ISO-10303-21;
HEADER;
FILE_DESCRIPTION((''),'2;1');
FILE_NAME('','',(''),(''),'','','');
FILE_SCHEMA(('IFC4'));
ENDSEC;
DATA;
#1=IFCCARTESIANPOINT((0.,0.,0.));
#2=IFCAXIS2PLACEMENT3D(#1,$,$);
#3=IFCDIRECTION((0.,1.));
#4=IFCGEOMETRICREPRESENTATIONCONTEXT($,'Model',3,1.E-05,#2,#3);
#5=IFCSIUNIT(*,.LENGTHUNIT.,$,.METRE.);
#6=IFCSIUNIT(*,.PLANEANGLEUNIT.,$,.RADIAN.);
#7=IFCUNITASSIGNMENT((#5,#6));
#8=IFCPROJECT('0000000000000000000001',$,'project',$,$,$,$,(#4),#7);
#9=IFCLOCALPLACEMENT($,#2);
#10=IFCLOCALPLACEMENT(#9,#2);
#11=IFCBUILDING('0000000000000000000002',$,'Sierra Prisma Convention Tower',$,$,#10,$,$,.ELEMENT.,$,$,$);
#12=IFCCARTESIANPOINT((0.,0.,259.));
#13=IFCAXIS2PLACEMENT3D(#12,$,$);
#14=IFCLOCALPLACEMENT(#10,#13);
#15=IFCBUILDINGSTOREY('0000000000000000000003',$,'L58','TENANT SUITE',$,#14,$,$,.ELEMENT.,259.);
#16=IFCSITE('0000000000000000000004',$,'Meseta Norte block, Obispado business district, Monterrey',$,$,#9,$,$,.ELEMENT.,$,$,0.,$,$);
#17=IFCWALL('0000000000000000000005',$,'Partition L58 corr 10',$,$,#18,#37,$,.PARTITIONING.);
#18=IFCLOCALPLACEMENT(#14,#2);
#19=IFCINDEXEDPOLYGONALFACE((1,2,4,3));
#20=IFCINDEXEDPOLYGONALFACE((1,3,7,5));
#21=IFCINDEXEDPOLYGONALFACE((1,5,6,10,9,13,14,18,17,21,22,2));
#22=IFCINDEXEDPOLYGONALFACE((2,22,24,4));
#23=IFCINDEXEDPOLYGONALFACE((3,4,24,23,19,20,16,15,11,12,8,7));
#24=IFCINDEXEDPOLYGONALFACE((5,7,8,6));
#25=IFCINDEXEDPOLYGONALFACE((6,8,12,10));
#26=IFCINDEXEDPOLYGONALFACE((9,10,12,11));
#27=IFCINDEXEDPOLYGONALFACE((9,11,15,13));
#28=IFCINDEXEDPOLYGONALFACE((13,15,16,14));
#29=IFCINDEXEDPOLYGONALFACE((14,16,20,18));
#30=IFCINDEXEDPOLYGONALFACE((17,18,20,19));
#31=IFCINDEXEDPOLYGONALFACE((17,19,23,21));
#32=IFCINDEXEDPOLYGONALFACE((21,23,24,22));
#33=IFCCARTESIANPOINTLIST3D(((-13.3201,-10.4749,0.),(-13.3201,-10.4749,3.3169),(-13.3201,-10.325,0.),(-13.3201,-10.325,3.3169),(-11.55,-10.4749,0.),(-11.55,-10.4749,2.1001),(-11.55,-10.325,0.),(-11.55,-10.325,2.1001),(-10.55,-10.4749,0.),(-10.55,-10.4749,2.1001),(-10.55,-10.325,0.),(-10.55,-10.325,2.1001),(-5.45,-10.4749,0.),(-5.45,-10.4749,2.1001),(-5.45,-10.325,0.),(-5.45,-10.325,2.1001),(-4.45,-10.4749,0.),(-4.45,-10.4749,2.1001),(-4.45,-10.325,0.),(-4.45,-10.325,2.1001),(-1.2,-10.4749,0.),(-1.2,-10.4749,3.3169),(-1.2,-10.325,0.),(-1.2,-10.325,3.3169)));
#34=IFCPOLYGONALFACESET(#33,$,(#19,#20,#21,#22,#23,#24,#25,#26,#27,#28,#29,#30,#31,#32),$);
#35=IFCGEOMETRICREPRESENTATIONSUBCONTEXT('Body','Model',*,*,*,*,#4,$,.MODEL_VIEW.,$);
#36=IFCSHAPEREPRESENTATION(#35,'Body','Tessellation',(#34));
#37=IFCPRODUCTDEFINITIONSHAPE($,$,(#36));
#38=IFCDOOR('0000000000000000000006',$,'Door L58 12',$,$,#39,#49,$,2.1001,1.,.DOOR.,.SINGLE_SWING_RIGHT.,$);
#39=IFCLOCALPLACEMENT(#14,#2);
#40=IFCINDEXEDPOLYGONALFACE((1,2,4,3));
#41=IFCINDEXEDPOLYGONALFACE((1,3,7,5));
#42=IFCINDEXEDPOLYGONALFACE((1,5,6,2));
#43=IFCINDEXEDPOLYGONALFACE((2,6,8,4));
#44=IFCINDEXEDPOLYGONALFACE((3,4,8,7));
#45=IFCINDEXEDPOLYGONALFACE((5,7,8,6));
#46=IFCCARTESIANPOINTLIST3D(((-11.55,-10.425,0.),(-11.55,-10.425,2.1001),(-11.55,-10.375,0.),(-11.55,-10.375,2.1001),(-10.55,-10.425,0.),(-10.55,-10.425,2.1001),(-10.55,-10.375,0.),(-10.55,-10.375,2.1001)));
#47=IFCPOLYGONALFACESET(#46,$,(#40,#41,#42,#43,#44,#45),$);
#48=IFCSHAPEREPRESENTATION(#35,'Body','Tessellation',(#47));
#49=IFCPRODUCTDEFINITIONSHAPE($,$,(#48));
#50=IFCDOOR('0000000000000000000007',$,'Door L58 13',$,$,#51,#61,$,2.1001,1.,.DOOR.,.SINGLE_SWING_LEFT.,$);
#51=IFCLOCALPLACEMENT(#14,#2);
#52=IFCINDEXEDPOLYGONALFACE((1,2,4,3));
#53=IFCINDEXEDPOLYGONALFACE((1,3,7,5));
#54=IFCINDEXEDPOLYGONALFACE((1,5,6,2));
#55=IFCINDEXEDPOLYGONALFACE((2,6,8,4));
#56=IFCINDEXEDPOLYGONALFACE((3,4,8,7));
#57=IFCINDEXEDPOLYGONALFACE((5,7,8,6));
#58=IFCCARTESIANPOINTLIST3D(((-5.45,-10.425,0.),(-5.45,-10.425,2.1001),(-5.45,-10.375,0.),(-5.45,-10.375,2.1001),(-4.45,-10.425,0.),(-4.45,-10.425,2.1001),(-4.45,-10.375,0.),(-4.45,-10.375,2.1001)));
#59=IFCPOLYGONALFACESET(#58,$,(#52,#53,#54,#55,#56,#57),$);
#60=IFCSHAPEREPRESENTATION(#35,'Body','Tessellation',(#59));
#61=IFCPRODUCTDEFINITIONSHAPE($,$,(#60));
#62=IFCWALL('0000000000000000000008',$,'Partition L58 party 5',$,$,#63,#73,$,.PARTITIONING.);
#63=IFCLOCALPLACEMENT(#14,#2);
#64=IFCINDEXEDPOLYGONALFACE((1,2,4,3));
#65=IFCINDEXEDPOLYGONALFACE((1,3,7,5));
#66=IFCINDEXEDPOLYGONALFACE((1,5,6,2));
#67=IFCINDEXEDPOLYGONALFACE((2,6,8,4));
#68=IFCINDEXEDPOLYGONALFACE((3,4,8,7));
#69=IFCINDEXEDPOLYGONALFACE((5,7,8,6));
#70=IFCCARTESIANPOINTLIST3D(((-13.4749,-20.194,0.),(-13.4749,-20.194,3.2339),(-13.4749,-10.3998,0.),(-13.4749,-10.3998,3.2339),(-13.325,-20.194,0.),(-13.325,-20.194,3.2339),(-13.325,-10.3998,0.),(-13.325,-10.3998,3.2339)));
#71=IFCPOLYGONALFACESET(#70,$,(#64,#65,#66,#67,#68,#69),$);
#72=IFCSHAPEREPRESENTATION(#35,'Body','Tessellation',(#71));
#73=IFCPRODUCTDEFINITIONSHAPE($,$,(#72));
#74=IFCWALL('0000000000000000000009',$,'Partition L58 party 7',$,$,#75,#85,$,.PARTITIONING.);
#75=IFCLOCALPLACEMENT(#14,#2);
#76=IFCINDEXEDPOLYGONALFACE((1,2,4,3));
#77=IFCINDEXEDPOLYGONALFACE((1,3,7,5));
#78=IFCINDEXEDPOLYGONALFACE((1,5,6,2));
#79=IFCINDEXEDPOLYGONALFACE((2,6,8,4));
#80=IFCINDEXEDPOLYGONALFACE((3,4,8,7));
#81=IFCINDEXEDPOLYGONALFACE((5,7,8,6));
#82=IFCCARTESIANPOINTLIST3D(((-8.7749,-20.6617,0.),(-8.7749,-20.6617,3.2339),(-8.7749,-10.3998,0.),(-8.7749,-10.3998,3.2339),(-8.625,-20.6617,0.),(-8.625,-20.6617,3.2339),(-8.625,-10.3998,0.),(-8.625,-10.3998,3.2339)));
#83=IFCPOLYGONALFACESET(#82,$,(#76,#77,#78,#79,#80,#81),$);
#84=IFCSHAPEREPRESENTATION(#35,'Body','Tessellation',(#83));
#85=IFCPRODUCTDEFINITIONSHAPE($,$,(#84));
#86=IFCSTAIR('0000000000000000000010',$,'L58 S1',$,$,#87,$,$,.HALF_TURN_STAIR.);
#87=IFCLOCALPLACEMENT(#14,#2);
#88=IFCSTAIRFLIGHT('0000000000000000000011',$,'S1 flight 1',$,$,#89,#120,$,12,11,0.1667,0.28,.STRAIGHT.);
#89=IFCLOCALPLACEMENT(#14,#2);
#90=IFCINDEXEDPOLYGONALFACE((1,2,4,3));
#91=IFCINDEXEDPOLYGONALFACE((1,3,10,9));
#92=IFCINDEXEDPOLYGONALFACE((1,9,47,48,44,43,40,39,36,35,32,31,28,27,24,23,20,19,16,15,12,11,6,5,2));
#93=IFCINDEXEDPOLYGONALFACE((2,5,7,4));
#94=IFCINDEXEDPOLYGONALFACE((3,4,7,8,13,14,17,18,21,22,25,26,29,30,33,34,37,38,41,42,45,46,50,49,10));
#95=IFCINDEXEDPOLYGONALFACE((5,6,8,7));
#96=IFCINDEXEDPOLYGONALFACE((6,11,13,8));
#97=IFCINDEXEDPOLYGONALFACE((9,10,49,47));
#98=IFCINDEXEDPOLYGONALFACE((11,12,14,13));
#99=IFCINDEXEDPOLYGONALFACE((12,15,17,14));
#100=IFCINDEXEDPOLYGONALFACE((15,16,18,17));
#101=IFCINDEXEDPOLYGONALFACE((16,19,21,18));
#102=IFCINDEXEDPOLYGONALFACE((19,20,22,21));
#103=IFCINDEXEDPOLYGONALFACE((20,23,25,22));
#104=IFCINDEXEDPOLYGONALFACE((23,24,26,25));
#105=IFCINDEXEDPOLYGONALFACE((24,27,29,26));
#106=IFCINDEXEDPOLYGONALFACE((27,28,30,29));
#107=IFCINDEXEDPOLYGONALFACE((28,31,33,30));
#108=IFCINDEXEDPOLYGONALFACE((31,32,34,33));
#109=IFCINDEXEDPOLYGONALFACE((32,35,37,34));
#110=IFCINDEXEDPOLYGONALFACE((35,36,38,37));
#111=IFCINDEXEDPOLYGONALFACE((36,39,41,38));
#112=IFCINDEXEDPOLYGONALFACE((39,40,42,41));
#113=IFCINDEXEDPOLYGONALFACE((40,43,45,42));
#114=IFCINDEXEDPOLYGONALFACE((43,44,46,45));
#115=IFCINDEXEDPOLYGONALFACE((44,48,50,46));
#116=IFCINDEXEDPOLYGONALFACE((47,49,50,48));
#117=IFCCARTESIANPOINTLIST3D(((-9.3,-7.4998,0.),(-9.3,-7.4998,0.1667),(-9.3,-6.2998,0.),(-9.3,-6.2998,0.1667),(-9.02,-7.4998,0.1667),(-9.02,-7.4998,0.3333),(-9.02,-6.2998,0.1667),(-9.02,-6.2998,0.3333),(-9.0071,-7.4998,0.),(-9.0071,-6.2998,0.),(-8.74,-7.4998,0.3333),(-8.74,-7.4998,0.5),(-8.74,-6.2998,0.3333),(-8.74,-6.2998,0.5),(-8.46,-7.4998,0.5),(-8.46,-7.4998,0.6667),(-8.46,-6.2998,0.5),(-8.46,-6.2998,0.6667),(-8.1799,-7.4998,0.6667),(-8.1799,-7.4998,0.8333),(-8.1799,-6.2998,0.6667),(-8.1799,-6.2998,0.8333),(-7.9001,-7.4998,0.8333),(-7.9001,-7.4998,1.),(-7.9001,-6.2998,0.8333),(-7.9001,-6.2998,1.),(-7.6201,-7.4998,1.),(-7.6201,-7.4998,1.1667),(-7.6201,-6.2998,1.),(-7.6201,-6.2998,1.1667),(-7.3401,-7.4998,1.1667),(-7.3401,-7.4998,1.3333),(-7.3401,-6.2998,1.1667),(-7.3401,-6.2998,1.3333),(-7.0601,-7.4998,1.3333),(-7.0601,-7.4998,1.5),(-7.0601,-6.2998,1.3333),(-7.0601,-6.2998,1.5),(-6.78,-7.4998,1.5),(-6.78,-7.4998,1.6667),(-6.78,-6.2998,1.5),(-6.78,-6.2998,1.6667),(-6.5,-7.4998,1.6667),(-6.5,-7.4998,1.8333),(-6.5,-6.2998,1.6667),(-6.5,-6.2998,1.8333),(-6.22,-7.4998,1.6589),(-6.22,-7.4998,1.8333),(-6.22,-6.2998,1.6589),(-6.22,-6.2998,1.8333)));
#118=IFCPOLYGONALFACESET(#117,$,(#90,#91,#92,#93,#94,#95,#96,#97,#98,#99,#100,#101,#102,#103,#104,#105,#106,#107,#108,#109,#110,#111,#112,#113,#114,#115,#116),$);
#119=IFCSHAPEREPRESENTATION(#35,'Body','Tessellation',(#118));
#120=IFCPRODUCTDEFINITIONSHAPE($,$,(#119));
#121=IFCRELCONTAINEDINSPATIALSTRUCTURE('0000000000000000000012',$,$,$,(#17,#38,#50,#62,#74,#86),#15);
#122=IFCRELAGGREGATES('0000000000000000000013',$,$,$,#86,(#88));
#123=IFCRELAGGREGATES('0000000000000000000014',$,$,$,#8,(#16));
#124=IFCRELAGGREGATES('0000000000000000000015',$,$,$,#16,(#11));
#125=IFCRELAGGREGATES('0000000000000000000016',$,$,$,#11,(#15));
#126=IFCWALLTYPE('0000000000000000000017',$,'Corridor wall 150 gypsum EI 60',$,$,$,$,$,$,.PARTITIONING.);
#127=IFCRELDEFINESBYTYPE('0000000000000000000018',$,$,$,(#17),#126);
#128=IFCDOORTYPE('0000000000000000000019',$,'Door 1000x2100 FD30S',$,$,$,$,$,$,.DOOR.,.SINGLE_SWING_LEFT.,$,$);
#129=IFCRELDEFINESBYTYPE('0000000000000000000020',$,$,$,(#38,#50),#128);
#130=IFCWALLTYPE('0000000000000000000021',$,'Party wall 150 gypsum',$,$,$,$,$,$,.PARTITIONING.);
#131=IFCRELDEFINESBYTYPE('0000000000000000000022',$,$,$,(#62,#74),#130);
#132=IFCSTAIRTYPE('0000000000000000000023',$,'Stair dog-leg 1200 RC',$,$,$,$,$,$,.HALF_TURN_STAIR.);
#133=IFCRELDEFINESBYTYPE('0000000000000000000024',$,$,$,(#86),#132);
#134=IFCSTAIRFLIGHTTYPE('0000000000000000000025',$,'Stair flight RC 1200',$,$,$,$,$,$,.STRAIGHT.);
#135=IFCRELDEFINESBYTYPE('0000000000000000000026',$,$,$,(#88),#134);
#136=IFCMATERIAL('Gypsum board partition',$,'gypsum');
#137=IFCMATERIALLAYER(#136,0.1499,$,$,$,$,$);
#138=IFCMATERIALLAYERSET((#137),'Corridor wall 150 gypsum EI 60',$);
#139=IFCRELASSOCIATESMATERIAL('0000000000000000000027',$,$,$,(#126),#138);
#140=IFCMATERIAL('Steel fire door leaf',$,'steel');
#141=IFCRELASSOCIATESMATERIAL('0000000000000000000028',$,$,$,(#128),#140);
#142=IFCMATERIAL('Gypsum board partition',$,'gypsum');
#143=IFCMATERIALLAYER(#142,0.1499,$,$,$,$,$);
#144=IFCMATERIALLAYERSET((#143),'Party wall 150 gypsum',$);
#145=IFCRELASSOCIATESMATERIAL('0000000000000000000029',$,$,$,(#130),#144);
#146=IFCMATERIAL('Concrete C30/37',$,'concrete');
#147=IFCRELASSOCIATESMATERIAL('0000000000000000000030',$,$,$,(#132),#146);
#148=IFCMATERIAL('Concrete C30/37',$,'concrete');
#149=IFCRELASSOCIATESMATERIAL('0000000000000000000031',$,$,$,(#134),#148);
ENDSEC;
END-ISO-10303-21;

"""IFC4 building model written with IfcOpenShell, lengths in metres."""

from ifc_helpers import new_model, si_unit, direction, frame, frame_2d, origin, place, context, subcontext, project, spatial, polyline, rectangle, outline, extrude, material, layer, layer_set, type_object, element, fill, aggregate, save


model = new_model("IFC4")

# Units and contexts
model_context = context("Model", 3, precision=1e-05, world=origin(), true_north=direction((0.0, 1.0)))
body_context = subcontext(model_context, "Body", "Model", "MODEL_VIEW")
ifc_project = project(units=[si_unit("LENGTHUNIT", "METRE"), si_unit("PLANEANGLEUNIT", "RADIAN")], contexts=[model_context])

# Site, building, storey
site_placement = place(None, origin())
site = spatial("IfcSite", under=ifc_project, at=site_placement, Name="Meseta Norte block, Obispado business district, Monterrey", CompositionType="ELEMENT", RefElevation=0.0)
building_placement = place(site_placement, origin())
building = spatial("IfcBuilding", under=site, at=building_placement, Name="Sierra Prisma Convention Tower", CompositionType="ELEMENT")
storey_placement = place(building_placement, frame((0.0, 0.0, 259.0)))
storey = spatial("IfcBuildingStorey", under=building, at=storey_placement, Name="L58", Description="TENANT SUITE", CompositionType="ELEMENT", Elevation=259.0)

# Shared definitions
ifc_material_1 = material(Name="Gypsum board partition", Category="gypsum")
ifc_layer_1 = layer(ifc_material_1, 0.1499)
ifc_layer_set_1 = layer_set([ifc_layer_1], Name="Corridor wall 150 gypsum EI 60")
wall_type_1 = type_object("IfcWallType", Name="Corridor wall 150 gypsum EI 60", PredefinedType="PARTITIONING", material=ifc_layer_set_1)
ifc_material_2 = material(Name="Steel fire door leaf", Category="steel")
door_type_1 = type_object("IfcDoorType", Name="Door 1000x2100 FD30S", OperationType="SINGLE_SWING_LEFT", PredefinedType="DOOR", material=ifc_material_2)

# Wall, openings, doors
wall_1_placement = place(storey_placement, frame((-13.3201, -10.3999, 0.0), z_axis=(0.0, 0.0, 1.0), x_axis=(1.0, 0.0, 0.0)))
wall_1 = element("IfcWall", 1, at=wall_1_placement, inside=storey, type_object=wall_type_1, Name="Partition L58 corr 10", PredefinedType="PARTITIONING", context=body_context, shape_type="SweptSolid", body=[
    extrude(rectangle(XDim=12.1201, YDim=0.1499, at=frame_2d((6.0601, 0.0))), origin(), (0.0, 0.0, 1.0), 3.3169),
])
opening_1_placement = place(wall_1_placement, frame((1.77, 0.0, 0.0)))
opening_1 = element("IfcOpeningElement", 2, at=opening_1_placement, cuts=wall_1, PredefinedType="OPENING", context=body_context, shape_type="SweptSolid", body=[
    extrude(rectangle(XDim=1.0, YDim=2.1001, at=frame_2d((0.5, 1.05))), frame((0.0, 0.075, 0.0), z_axis=(0.0, -1.0, 0.0), x_axis=(1.0, 0.0, 0.0)), (0.0, 0.0, 1.0), 0.1499),
])
opening_2_placement = place(wall_1_placement, frame((7.8701, 0.0, 0.0)))
opening_2 = element("IfcOpeningElement", 3, at=opening_2_placement, cuts=wall_1, PredefinedType="OPENING", context=body_context, shape_type="SweptSolid", body=[
    extrude(rectangle(XDim=1.0, YDim=2.1001, at=frame_2d((0.5, 1.05))), frame((0.0, 0.075, 0.0), z_axis=(0.0, -1.0, 0.0), x_axis=(1.0, 0.0, 0.0)), (0.0, 0.0, 1.0), 0.1499),
])
door_1_placement = place(opening_1_placement, origin())
door_1 = element("IfcDoor", 4, at=door_1_placement, inside=storey, type_object=door_type_1, Name="Door L58 12", OperationType="SINGLE_SWING_RIGHT", OverallHeight=2.1001, OverallWidth=1.0, PredefinedType="DOOR", context=body_context, shape_type="SweptSolid", body=[
    extrude(rectangle(XDim=1.0, YDim=2.1001, at=frame_2d((0.5, 1.05))), frame((0.0, 0.0249, 0.0), z_axis=(0.0, -1.0, 0.0), x_axis=(1.0, 0.0, 0.0)), (0.0, 0.0, 1.0), 0.05),
])
fill(opening_1, door_1)
door_2_placement = place(opening_2_placement, origin())
door_2 = element("IfcDoor", 5, at=door_2_placement, inside=storey, type_object=door_type_1, Name="Door L58 13", OperationType="SINGLE_SWING_LEFT", OverallHeight=2.1001, OverallWidth=1.0, PredefinedType="DOOR", context=body_context, shape_type="SweptSolid", body=[
    extrude(rectangle(XDim=1.0, YDim=2.1001, at=frame_2d((0.5, 1.05))), frame((0.0, 0.0249, 0.0), z_axis=(0.0, -1.0, 0.0), x_axis=(1.0, 0.0, 0.0)), (0.0, 0.0, 1.0), 0.05),
])
fill(opening_2, door_2)

# Walls
ifc_material_3 = material(Name="Gypsum board partition", Category="gypsum")
ifc_layer_2 = layer(ifc_material_3, 0.1499)
ifc_layer_set_2 = layer_set([ifc_layer_2], Name="Party wall 150 gypsum")
wall_type_2 = type_object("IfcWallType", Name="Party wall 150 gypsum", PredefinedType="PARTITIONING", material=ifc_layer_set_2)
wall_2_placement = place(storey_placement, frame((-13.3999, -10.3999, 0.0), z_axis=(0.0, 0.0, 1.0), x_axis=(0.0, -1.0, 0.0)))
element("IfcWall", 6, at=wall_2_placement, inside=storey, type_object=wall_type_2, Name="Partition L58 party 5", PredefinedType="PARTITIONING", context=body_context, shape_type="SweptSolid", body=[
    extrude(rectangle(XDim=9.7942, YDim=0.1499, at=frame_2d((4.897, 0.0))), origin(), (0.0, 0.0, 1.0), 3.2339),
])
wall_3_placement = place(storey_placement, frame((-8.7, -10.3999, 0.0), z_axis=(0.0, 0.0, 1.0), x_axis=(0.0, -1.0, 0.0)))
element("IfcWall", 7, at=wall_3_placement, inside=storey, type_object=wall_type_2, Name="Partition L58 party 7", PredefinedType="PARTITIONING", context=body_context, shape_type="SweptSolid", body=[
    extrude(rectangle(XDim=10.262, YDim=0.1499, at=frame_2d((5.1309, 0.0))), origin(), (0.0, 0.0, 1.0), 3.2339),
])

# Stair, stair flight
ifc_material_4 = material(Name="Concrete C30/37", Category="concrete")
stair_type = type_object("IfcStairType", Name="Stair dog-leg 1200 RC", PredefinedType="HALF_TURN_STAIR", material=ifc_material_4)
stair_placement = place(storey_placement, origin())
stair = element("IfcStair", 8, at=stair_placement, inside=storey, type_object=stair_type, Name="L58 S1", PredefinedType="HALF_TURN_STAIR")
ifc_material_5 = material(Name="Concrete C30/37", Category="concrete")
stair_flight_type = type_object("IfcStairFlightType", Name="Stair flight RC 1200", PredefinedType="STRAIGHT", material=ifc_material_5)
stair_flight_placement = place(storey_placement, frame((-9.3, -6.8999, 0.0), z_axis=(0.0, 0.0, 1.0), x_axis=(1.0, 0.0, 0.0)))
stair_flight = element("IfcStairFlight", 9, at=stair_flight_placement, type_object=stair_flight_type, Name="S1 flight 1", NumberOfRisers=12, NumberOfTreads=11, PredefinedType="STRAIGHT", RiserHeight=0.1667, TreadLength=0.28, context=body_context, shape_type="SweptSolid", body=[
    extrude(outline(polyline([(0.0, 0.0), (0.0, 0.1667), (0.28, 0.1667), (0.28, 0.3333), (0.5601, 0.3333), (0.5601, 0.5), (0.8401, 0.5), (0.8401, 0.6667), (1.1201, 0.6667), (1.1201, 0.8333), (1.3999, 0.8333), (1.3999, 1.0), (1.6799, 1.0), (1.6799, 1.1667), (1.96, 1.1667), (1.96, 1.3333), (2.24, 1.3333), (2.24, 1.5), (2.52, 1.5), (2.52, 1.6667), (2.8, 1.6667), (2.8, 1.8333), (3.0801, 1.8333), (3.0801, 2.0), (3.0801, 1.6589), (0.293, 0.0), (0.0, 0.0)])), frame((0.0, 0.6001, 0.0), z_axis=(0.0, -1.0, 0.0), x_axis=(1.0, 0.0, 0.0)), (0.0, 0.0, 1.0), 1.2),
])
aggregate(stair, [stair_flight])

save(model, "model.ifc")
